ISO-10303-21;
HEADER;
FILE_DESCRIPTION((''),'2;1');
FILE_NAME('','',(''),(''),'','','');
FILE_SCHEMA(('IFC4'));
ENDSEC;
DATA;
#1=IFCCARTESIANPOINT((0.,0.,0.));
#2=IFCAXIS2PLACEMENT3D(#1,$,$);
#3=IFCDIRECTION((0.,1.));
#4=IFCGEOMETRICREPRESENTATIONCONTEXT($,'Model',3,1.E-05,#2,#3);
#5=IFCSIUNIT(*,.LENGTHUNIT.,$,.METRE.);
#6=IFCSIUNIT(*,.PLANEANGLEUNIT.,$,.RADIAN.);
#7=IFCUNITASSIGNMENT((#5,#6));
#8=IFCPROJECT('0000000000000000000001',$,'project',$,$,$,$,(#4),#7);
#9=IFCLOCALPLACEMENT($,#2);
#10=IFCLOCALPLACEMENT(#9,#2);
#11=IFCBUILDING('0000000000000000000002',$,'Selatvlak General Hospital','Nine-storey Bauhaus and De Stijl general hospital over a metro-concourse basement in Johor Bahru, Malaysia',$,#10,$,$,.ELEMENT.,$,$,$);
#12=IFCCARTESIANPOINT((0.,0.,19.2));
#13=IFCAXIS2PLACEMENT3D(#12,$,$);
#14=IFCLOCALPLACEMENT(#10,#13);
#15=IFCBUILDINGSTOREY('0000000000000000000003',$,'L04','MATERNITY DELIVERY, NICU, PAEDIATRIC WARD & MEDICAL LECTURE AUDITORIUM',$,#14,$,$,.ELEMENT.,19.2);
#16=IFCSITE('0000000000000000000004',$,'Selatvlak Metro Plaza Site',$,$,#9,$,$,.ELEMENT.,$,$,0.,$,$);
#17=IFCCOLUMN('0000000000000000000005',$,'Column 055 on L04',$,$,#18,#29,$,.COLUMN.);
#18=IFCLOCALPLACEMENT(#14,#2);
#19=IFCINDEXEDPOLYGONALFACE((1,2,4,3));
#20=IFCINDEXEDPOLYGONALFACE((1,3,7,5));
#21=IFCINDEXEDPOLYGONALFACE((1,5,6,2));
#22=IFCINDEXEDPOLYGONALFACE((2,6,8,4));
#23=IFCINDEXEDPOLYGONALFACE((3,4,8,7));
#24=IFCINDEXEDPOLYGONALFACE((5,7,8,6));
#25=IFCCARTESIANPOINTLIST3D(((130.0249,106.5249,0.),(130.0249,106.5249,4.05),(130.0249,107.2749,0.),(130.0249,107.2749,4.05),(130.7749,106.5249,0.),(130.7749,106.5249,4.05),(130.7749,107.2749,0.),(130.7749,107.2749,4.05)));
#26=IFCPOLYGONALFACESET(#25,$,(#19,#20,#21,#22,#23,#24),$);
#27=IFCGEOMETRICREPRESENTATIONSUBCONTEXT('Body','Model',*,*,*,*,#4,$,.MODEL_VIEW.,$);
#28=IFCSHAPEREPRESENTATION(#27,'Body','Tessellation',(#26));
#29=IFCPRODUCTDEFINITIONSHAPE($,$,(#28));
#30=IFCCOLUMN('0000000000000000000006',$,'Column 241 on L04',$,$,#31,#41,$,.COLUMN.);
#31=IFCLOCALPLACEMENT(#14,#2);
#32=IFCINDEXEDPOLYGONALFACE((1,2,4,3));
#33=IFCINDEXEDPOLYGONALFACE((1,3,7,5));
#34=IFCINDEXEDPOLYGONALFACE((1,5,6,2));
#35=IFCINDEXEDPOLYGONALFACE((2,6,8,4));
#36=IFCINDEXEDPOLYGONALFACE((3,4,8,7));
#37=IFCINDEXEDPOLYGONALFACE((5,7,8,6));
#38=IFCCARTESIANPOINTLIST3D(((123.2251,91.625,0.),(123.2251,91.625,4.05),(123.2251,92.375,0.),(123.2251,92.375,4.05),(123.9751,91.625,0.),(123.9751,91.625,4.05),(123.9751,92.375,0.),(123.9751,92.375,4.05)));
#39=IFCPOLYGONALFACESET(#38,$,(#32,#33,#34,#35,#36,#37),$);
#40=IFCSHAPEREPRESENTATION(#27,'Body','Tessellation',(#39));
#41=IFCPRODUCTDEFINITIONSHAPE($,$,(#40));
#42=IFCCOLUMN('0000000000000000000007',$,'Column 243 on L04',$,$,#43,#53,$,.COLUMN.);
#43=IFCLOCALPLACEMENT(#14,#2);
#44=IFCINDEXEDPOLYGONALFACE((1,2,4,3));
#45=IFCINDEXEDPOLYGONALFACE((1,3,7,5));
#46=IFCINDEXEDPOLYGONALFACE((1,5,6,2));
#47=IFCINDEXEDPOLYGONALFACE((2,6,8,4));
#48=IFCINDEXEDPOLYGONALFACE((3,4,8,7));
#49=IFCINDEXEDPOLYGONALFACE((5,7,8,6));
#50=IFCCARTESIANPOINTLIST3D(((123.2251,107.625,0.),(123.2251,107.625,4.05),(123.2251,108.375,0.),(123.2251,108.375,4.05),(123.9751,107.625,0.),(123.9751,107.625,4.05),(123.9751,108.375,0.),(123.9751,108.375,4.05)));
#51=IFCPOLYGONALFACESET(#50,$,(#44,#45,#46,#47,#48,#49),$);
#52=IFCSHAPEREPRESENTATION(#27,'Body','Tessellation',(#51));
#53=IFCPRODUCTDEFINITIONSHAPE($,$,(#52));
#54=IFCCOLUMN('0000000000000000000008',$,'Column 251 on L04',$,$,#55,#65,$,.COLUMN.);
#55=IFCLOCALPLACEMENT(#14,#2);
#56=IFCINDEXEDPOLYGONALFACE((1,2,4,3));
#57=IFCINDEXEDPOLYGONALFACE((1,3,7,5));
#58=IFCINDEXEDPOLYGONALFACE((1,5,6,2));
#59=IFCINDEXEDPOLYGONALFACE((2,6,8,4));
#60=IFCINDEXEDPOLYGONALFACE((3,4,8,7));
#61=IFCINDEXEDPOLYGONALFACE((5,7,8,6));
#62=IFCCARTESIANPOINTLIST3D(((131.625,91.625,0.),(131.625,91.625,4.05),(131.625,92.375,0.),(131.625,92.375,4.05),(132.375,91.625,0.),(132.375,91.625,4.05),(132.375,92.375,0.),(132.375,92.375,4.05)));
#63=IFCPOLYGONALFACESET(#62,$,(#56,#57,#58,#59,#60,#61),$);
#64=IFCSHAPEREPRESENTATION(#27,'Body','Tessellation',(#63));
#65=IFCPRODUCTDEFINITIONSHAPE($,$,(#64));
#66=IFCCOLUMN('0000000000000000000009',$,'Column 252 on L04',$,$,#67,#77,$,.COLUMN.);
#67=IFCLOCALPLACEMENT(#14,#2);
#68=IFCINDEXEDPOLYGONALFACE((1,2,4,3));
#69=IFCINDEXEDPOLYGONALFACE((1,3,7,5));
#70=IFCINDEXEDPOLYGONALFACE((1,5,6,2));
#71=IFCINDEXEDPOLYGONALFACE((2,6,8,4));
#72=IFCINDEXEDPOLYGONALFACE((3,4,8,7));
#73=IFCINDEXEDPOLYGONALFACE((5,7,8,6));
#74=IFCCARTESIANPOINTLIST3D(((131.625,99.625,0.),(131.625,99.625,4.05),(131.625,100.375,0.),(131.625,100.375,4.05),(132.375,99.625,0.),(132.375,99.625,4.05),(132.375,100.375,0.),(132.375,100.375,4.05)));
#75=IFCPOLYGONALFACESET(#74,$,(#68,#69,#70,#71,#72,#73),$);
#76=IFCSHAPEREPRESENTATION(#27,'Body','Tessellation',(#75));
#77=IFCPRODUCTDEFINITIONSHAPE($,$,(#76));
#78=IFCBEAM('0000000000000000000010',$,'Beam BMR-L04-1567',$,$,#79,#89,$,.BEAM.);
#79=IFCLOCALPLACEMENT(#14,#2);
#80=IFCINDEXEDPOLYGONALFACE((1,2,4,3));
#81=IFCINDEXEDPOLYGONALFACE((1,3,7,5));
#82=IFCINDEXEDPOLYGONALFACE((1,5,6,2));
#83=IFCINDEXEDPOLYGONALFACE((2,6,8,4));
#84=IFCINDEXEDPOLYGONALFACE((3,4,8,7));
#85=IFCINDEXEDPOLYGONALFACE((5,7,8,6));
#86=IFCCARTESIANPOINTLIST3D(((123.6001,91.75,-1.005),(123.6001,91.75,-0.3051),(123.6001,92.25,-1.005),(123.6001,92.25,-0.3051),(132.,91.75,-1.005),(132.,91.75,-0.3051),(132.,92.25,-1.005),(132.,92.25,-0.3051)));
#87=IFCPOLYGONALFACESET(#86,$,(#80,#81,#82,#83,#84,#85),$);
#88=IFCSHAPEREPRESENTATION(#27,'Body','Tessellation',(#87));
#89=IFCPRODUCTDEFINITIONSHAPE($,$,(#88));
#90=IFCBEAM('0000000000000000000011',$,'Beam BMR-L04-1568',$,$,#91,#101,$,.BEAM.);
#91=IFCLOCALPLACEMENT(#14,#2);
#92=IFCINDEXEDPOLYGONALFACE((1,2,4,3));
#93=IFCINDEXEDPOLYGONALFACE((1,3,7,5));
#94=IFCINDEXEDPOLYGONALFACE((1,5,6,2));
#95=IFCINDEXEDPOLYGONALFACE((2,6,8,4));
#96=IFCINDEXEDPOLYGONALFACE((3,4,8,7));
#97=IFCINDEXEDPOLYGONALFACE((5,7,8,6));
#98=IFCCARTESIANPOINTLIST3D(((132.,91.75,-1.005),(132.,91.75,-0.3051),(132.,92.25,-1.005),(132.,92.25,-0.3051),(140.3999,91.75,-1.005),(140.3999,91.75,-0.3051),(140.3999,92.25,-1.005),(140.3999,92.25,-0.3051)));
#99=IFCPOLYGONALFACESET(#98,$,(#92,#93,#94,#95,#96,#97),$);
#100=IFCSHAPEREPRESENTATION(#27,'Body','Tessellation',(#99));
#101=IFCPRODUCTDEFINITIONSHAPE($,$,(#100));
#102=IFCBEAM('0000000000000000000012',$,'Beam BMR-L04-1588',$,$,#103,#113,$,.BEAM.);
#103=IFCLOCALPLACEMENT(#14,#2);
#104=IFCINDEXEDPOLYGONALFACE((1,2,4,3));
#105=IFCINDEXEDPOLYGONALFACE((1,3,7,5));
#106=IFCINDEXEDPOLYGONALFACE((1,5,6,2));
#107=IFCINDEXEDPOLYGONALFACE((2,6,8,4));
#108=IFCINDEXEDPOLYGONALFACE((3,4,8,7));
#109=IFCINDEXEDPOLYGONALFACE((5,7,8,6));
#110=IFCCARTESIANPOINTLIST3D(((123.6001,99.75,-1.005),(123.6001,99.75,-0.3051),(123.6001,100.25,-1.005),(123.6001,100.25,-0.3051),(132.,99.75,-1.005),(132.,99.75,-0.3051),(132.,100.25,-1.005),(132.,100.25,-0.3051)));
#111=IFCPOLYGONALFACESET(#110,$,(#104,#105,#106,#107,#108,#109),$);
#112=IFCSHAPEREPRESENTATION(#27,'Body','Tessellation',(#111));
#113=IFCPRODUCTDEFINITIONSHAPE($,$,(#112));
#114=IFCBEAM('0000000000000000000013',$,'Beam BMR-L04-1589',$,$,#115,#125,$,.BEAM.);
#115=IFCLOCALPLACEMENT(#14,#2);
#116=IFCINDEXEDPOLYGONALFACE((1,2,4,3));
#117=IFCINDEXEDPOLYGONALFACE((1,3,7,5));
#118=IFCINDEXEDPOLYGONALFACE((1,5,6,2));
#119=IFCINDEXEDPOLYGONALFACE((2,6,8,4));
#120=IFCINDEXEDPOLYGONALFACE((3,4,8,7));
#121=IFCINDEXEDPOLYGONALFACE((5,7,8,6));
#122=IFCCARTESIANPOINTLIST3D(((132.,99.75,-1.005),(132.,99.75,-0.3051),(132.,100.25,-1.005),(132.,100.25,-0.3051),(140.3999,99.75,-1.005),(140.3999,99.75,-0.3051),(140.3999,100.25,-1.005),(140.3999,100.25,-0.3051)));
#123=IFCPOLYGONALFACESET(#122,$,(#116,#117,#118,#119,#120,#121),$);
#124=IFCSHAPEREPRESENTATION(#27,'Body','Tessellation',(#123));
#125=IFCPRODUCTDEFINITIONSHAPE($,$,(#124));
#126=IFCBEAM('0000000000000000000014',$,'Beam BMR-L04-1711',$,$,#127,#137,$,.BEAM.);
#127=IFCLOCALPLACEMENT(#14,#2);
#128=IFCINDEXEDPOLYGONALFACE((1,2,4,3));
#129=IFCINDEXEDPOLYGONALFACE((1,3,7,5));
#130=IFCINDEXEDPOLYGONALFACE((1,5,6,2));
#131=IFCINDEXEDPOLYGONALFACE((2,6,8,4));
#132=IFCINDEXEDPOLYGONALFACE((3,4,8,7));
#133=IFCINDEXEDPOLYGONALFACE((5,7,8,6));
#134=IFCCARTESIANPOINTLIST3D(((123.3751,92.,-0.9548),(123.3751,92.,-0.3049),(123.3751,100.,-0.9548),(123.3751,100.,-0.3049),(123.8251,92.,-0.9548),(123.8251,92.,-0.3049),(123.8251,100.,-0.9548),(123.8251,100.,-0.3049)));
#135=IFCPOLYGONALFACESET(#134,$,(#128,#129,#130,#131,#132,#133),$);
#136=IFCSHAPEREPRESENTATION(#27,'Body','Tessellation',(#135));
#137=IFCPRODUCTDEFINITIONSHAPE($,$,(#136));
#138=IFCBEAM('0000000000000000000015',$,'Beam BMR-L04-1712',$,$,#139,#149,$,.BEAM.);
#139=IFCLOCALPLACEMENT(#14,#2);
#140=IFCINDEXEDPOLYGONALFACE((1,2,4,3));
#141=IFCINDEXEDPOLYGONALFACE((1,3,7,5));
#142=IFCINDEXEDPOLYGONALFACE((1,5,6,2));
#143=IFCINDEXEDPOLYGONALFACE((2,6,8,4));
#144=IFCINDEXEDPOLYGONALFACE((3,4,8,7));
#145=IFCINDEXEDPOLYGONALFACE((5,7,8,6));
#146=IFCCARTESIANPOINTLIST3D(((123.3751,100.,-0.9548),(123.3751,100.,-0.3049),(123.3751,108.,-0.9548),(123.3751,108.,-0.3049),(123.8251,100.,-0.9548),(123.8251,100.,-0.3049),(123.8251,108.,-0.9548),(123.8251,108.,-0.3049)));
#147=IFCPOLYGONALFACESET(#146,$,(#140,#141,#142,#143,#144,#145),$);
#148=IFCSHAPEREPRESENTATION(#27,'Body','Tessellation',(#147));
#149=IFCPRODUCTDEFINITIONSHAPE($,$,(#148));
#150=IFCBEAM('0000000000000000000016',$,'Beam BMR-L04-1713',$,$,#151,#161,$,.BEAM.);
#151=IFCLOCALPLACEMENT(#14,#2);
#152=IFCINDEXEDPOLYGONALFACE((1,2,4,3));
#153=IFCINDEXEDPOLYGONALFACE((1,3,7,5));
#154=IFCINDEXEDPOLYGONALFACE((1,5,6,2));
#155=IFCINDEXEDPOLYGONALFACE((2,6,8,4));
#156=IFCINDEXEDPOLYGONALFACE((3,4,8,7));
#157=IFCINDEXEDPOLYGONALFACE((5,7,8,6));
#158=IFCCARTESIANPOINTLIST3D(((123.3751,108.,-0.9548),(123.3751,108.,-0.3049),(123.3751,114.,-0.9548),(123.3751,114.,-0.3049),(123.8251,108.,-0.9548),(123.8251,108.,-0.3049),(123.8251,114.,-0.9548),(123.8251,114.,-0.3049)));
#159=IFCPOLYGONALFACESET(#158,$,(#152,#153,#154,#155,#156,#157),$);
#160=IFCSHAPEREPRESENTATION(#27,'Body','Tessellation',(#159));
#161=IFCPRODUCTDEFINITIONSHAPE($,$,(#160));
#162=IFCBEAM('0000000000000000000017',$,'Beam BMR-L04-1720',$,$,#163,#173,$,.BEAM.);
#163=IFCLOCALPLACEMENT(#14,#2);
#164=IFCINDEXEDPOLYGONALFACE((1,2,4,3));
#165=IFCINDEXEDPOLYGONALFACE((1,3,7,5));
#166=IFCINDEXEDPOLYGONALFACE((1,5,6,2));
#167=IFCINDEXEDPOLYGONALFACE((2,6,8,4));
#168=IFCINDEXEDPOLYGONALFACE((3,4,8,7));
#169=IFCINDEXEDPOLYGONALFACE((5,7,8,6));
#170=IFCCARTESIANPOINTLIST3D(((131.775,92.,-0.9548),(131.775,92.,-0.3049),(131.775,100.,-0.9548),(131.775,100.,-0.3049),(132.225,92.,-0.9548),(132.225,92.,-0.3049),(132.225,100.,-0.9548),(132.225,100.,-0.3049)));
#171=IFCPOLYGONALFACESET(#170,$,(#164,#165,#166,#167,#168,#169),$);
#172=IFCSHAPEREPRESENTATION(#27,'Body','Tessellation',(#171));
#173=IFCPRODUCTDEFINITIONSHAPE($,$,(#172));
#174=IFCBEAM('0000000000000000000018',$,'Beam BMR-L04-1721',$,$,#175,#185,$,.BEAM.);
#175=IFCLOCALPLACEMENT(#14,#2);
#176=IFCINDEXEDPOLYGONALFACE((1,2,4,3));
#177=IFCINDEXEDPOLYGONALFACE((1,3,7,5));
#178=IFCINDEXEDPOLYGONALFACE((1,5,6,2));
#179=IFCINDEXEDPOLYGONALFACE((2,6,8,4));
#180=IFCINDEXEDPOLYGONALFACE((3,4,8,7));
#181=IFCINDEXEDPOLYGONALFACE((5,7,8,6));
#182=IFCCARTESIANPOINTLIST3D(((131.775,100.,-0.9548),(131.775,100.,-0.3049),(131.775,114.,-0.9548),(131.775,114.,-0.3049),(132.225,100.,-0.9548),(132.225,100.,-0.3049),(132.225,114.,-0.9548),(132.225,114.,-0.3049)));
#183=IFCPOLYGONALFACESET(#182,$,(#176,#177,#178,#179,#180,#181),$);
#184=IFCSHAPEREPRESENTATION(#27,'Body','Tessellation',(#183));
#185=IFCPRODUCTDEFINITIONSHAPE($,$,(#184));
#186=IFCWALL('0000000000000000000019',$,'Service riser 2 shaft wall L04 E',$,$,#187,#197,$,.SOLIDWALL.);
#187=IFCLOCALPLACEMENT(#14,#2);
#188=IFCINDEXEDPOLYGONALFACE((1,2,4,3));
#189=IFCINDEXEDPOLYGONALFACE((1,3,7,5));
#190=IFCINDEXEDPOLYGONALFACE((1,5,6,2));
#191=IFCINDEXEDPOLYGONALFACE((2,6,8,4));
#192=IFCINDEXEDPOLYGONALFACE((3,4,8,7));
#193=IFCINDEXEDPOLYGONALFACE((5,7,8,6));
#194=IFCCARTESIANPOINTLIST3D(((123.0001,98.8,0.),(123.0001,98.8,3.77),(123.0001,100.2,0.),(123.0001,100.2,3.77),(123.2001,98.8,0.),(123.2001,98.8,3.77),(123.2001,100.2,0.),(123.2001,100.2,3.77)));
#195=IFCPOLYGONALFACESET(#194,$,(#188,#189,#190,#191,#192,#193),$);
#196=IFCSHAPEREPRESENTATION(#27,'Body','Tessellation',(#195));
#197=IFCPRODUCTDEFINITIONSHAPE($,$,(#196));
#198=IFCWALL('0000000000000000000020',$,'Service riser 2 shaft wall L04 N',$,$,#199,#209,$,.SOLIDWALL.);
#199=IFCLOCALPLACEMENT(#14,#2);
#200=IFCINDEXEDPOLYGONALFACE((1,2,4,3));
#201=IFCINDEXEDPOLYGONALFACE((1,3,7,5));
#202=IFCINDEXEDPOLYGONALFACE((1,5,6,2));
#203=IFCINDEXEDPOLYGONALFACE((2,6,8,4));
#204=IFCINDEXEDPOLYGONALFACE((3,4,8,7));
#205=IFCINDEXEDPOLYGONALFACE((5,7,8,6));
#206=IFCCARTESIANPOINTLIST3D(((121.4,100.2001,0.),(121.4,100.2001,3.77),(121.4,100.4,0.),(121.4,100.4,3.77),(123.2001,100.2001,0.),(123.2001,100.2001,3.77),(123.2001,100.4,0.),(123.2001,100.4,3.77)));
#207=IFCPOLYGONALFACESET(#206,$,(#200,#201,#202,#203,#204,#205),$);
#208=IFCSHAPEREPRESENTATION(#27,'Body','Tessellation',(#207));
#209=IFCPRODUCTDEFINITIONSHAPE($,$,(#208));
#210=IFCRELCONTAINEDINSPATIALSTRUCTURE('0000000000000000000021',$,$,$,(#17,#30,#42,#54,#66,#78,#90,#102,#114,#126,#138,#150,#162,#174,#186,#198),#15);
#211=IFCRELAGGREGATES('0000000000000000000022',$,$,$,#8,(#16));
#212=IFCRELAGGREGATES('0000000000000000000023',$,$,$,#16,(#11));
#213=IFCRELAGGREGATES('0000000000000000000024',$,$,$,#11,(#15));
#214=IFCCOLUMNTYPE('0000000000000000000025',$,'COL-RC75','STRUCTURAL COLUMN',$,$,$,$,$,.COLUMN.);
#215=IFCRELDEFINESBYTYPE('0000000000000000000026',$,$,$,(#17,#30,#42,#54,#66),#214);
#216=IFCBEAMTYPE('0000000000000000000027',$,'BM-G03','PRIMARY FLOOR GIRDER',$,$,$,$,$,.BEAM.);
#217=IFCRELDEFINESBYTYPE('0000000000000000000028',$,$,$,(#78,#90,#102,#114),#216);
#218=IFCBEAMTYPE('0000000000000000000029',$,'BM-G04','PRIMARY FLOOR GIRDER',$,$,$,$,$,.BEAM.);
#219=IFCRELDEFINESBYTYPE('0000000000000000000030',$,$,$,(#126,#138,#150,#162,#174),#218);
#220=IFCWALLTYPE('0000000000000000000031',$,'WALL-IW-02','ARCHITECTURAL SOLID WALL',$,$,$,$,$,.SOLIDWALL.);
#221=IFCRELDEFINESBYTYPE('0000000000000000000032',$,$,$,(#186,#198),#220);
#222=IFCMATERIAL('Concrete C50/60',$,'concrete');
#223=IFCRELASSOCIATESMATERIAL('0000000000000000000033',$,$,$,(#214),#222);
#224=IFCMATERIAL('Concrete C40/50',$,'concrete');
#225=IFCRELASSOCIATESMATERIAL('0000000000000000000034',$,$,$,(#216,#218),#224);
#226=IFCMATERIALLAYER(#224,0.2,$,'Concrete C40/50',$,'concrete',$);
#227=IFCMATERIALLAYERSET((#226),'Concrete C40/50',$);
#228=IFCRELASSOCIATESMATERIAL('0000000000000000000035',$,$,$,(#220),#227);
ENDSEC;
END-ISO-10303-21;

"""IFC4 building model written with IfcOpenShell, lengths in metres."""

from ifc_helpers import new_model, si_unit, direction, frame, frame_2d, origin, origin_2d, place, context, subcontext, project, spatial, rectangle, extrude, material, layer, layer_set, material_profile, profile_set, type_object, element, save


model = new_model("IFC4")

# Units and contexts
model_context = context("Model", 3, precision=1e-05, world=origin(), true_north=direction((0.0, 1.0)))
body_context = subcontext(model_context, "Body", "Model", "MODEL_VIEW")
ifc_project = project(units=[si_unit("LENGTHUNIT", "METRE"), si_unit("PLANEANGLEUNIT", "RADIAN")], contexts=[model_context])

# Site, building, storey
site_placement = place(None, origin())
site = spatial("IfcSite", under=ifc_project, at=site_placement, Name="Selatvlak Metro Plaza Site", CompositionType="ELEMENT", RefElevation=0.0)
building_placement = place(site_placement, origin())
building = spatial("IfcBuilding", under=site, at=building_placement, Name="Selatvlak General Hospital", Description="Nine-storey Bauhaus and De Stijl general hospital over a metro-concourse basement in Johor Bahru, Malaysia", CompositionType="ELEMENT")
storey_placement = place(building_placement, frame((0.0, 0.0, 19.2)))
storey = spatial("IfcBuildingStorey", under=building, at=storey_placement, Name="L04", Description="MATERNITY DELIVERY, NICU, PAEDIATRIC WARD & MEDICAL LECTURE AUDITORIUM", CompositionType="ELEMENT", Elevation=19.2)

# Columns
ifc_material_1 = material(Name="Concrete C50/60", Category="concrete")
ifc_material_profile_1 = material_profile(ifc_material_1, rectangle(XDim=0.75, YDim=0.75, at=origin_2d()), Name="RC-COL 750x750")
ifc_profile_set_1 = profile_set([ifc_material_profile_1], Name="Concrete C50/60")
column_type = type_object("IfcColumnType", Name="COL-RC75", Description="STRUCTURAL COLUMN", PredefinedType="COLUMN", material=ifc_profile_set_1)
for number, where, z_axis, x_axis, name in (
    (1, (130.3999, 106.8999, 0.0), (0.0, 0.0, 1.0), (1.0, 0.0, 0.0), "Column 055 on L04"),
    (2, (123.6001, 92.0, 0.0), (0.0, 0.0, 1.0), (1.0, 0.0, 0.0), "Column 241 on L04"),
    (3, (123.6001, 108.0, 0.0), (0.0, 0.0, 1.0), (1.0, 0.0, 0.0), "Column 243 on L04"),
    (4, (132.0, 92.0, 0.0), (0.0, 0.0, 1.0), (1.0, 0.0, 0.0), "Column 251 on L04"),
    (5, (132.0, 100.0, 0.0), (0.0, 0.0, 1.0), (1.0, 0.0, 0.0), "Column 252 on L04"),
):
    element("IfcColumn", number, at=place(storey_placement, frame(where, z_axis=z_axis, x_axis=x_axis)), inside=storey, type_object=column_type, Name=name, PredefinedType="COLUMN", context=body_context, shape_type="SweptSolid", body=[
        extrude(rectangle(XDim=0.75, YDim=0.75, at=origin_2d()), origin(), (0.0, 0.0, 1.0), 4.05),
    ])

# Beams
ifc_material_2 = material(Name="Concrete C40/50", Category="concrete")
ifc_material_profile_2 = material_profile(ifc_material_2, rectangle(XDim=0.5, YDim=0.7, at=origin_2d()), Name="RC-BM 500x700")
ifc_profile_set_2 = profile_set([ifc_material_profile_2], Name="Concrete C40/50")
beam_type_1 = type_object("IfcBeamType", Name="BM-G03", Description="PRIMARY FLOOR GIRDER", PredefinedType="BEAM", material=ifc_profile_set_2)
for number, where, z_axis, x_axis, name in (
    (6, (123.6001, 92.0, -0.655), (1.0, 0.0, 0.0), (0.0, 1.0, 0.0), "Beam BMR-L04-1567"),
    (7, (132.0, 92.0, -0.655), (1.0, 0.0, 0.0), (0.0, 1.0, 0.0), "Beam BMR-L04-1568"),
    (8, (123.6001, 100.0, -0.655), (1.0, 0.0, 0.0), (0.0, 1.0, 0.0), "Beam BMR-L04-1588"),
    (9, (132.0, 100.0, -0.655), (1.0, 0.0, 0.0), (0.0, 1.0, 0.0), "Beam BMR-L04-1589"),
):
    element("IfcBeam", number, at=place(storey_placement, frame(where, z_axis=z_axis, x_axis=x_axis)), inside=storey, type_object=beam_type_1, Name=name, PredefinedType="BEAM", context=body_context, shape_type="SweptSolid", body=[
        extrude(rectangle(XDim=0.5, YDim=0.7, at=origin_2d()), origin(), (0.0, 0.0, 1.0), 8.3999),
    ])
ifc_material_profile_3 = material_profile(ifc_material_2, rectangle(XDim=0.45, YDim=0.6499, at=origin_2d()), Name="RC-BM 450x650")
ifc_profile_set_3 = profile_set([ifc_material_profile_3], Name="Concrete C40/50")
beam_type_2 = type_object("IfcBeamType", Name="BM-G04", Description="PRIMARY FLOOR GIRDER", PredefinedType="BEAM", material=ifc_profile_set_3)
for number, where, z_axis, x_axis, name in (
    (10, (123.6001, 92.0, -0.6299), (0.0, 1.0, 0.0), (-1.0, 0.0, 0.0), "Beam BMR-L04-1711"),
    (11, (123.6001, 100.0, -0.6299), (0.0, 1.0, 0.0), (-1.0, 0.0, 0.0), "Beam BMR-L04-1712"),
):
    element("IfcBeam", number, at=place(storey_placement, frame(where, z_axis=z_axis, x_axis=x_axis)), inside=storey, type_object=beam_type_2, Name=name, PredefinedType="BEAM", context=body_context, shape_type="SweptSolid", body=[
        extrude(rectangle(XDim=0.45, YDim=0.6499, at=origin_2d()), origin(), (0.0, 0.0, 1.0), 8.0),
    ])
beam_1_placement = place(storey_placement, frame((123.6001, 108.0, -0.6299), z_axis=(0.0, 1.0, 0.0), x_axis=(-1.0, 0.0, 0.0)))
element("IfcBeam", 12, at=beam_1_placement, inside=storey, type_object=beam_type_2, Name="Beam BMR-L04-1713", PredefinedType="BEAM", context=body_context, shape_type="SweptSolid", body=[
    extrude(rectangle(XDim=0.45, YDim=0.6499, at=origin_2d()), origin(), (0.0, 0.0, 1.0), 6.0),
])
beam_2_placement = place(storey_placement, frame((132.0, 92.0, -0.6299), z_axis=(0.0, 1.0, 0.0), x_axis=(-1.0, 0.0, 0.0)))
element("IfcBeam", 13, at=beam_2_placement, inside=storey, type_object=beam_type_2, Name="Beam BMR-L04-1720", PredefinedType="BEAM", context=body_context, shape_type="SweptSolid", body=[
    extrude(rectangle(XDim=0.45, YDim=0.6499, at=origin_2d()), origin(), (0.0, 0.0, 1.0), 8.0),
])
beam_3_placement = place(storey_placement, frame((132.0, 100.0, -0.6299), z_axis=(0.0, 1.0, 0.0), x_axis=(-1.0, 0.0, 0.0)))
element("IfcBeam", 14, at=beam_3_placement, inside=storey, type_object=beam_type_2, Name="Beam BMR-L04-1721", PredefinedType="BEAM", context=body_context, shape_type="SweptSolid", body=[
    extrude(rectangle(XDim=0.45, YDim=0.6499, at=origin_2d()), origin(), (0.0, 0.0, 1.0), 14.0),
])

# Walls
ifc_layer_1 = layer(ifc_material_2, 0.2, Name="Concrete C40/50", Category="concrete")
ifc_layer_set_1 = layer_set([ifc_layer_1], Name="Concrete C40/50")
wall_type_1 = type_object("IfcWallType", Name="WALL-IW-02", Description="ARCHITECTURAL SOLID WALL", PredefinedType="SOLIDWALL", material=ifc_layer_set_1)
wall_1_placement = place(storey_placement, frame((123.1001, 98.8, 0.0), z_axis=(0.0, 0.0, 1.0), x_axis=(0.0, 1.0, 0.0)))
element("IfcWall", 15, at=wall_1_placement, inside=storey, type_object=wall_type_1, Name="Service riser 2 shaft wall L04 E", PredefinedType="SOLIDWALL", context=body_context, shape_type="SweptSolid", body=[
    extrude(rectangle(XDim=1.3999, YDim=0.2, at=frame_2d((0.7, 0.0))), origin(), (0.0, 0.0, 1.0), 3.77),
])
wall_2_placement = place(storey_placement, frame((123.2, 100.3, 0.0), z_axis=(0.0, 0.0, 1.0), x_axis=(-1.0, 0.0, 0.0)))
element("IfcWall", 16, at=wall_2_placement, inside=storey, type_object=wall_type_1, Name="Service riser 2 shaft wall L04 N", PredefinedType="SOLIDWALL", context=body_context, shape_type="SweptSolid", body=[
    extrude(rectangle(XDim=1.8, YDim=0.2, at=frame_2d((0.8999, 0.0))), origin(), (0.0, 0.0, 1.0), 3.77),
])

save(model, "model.ifc")
